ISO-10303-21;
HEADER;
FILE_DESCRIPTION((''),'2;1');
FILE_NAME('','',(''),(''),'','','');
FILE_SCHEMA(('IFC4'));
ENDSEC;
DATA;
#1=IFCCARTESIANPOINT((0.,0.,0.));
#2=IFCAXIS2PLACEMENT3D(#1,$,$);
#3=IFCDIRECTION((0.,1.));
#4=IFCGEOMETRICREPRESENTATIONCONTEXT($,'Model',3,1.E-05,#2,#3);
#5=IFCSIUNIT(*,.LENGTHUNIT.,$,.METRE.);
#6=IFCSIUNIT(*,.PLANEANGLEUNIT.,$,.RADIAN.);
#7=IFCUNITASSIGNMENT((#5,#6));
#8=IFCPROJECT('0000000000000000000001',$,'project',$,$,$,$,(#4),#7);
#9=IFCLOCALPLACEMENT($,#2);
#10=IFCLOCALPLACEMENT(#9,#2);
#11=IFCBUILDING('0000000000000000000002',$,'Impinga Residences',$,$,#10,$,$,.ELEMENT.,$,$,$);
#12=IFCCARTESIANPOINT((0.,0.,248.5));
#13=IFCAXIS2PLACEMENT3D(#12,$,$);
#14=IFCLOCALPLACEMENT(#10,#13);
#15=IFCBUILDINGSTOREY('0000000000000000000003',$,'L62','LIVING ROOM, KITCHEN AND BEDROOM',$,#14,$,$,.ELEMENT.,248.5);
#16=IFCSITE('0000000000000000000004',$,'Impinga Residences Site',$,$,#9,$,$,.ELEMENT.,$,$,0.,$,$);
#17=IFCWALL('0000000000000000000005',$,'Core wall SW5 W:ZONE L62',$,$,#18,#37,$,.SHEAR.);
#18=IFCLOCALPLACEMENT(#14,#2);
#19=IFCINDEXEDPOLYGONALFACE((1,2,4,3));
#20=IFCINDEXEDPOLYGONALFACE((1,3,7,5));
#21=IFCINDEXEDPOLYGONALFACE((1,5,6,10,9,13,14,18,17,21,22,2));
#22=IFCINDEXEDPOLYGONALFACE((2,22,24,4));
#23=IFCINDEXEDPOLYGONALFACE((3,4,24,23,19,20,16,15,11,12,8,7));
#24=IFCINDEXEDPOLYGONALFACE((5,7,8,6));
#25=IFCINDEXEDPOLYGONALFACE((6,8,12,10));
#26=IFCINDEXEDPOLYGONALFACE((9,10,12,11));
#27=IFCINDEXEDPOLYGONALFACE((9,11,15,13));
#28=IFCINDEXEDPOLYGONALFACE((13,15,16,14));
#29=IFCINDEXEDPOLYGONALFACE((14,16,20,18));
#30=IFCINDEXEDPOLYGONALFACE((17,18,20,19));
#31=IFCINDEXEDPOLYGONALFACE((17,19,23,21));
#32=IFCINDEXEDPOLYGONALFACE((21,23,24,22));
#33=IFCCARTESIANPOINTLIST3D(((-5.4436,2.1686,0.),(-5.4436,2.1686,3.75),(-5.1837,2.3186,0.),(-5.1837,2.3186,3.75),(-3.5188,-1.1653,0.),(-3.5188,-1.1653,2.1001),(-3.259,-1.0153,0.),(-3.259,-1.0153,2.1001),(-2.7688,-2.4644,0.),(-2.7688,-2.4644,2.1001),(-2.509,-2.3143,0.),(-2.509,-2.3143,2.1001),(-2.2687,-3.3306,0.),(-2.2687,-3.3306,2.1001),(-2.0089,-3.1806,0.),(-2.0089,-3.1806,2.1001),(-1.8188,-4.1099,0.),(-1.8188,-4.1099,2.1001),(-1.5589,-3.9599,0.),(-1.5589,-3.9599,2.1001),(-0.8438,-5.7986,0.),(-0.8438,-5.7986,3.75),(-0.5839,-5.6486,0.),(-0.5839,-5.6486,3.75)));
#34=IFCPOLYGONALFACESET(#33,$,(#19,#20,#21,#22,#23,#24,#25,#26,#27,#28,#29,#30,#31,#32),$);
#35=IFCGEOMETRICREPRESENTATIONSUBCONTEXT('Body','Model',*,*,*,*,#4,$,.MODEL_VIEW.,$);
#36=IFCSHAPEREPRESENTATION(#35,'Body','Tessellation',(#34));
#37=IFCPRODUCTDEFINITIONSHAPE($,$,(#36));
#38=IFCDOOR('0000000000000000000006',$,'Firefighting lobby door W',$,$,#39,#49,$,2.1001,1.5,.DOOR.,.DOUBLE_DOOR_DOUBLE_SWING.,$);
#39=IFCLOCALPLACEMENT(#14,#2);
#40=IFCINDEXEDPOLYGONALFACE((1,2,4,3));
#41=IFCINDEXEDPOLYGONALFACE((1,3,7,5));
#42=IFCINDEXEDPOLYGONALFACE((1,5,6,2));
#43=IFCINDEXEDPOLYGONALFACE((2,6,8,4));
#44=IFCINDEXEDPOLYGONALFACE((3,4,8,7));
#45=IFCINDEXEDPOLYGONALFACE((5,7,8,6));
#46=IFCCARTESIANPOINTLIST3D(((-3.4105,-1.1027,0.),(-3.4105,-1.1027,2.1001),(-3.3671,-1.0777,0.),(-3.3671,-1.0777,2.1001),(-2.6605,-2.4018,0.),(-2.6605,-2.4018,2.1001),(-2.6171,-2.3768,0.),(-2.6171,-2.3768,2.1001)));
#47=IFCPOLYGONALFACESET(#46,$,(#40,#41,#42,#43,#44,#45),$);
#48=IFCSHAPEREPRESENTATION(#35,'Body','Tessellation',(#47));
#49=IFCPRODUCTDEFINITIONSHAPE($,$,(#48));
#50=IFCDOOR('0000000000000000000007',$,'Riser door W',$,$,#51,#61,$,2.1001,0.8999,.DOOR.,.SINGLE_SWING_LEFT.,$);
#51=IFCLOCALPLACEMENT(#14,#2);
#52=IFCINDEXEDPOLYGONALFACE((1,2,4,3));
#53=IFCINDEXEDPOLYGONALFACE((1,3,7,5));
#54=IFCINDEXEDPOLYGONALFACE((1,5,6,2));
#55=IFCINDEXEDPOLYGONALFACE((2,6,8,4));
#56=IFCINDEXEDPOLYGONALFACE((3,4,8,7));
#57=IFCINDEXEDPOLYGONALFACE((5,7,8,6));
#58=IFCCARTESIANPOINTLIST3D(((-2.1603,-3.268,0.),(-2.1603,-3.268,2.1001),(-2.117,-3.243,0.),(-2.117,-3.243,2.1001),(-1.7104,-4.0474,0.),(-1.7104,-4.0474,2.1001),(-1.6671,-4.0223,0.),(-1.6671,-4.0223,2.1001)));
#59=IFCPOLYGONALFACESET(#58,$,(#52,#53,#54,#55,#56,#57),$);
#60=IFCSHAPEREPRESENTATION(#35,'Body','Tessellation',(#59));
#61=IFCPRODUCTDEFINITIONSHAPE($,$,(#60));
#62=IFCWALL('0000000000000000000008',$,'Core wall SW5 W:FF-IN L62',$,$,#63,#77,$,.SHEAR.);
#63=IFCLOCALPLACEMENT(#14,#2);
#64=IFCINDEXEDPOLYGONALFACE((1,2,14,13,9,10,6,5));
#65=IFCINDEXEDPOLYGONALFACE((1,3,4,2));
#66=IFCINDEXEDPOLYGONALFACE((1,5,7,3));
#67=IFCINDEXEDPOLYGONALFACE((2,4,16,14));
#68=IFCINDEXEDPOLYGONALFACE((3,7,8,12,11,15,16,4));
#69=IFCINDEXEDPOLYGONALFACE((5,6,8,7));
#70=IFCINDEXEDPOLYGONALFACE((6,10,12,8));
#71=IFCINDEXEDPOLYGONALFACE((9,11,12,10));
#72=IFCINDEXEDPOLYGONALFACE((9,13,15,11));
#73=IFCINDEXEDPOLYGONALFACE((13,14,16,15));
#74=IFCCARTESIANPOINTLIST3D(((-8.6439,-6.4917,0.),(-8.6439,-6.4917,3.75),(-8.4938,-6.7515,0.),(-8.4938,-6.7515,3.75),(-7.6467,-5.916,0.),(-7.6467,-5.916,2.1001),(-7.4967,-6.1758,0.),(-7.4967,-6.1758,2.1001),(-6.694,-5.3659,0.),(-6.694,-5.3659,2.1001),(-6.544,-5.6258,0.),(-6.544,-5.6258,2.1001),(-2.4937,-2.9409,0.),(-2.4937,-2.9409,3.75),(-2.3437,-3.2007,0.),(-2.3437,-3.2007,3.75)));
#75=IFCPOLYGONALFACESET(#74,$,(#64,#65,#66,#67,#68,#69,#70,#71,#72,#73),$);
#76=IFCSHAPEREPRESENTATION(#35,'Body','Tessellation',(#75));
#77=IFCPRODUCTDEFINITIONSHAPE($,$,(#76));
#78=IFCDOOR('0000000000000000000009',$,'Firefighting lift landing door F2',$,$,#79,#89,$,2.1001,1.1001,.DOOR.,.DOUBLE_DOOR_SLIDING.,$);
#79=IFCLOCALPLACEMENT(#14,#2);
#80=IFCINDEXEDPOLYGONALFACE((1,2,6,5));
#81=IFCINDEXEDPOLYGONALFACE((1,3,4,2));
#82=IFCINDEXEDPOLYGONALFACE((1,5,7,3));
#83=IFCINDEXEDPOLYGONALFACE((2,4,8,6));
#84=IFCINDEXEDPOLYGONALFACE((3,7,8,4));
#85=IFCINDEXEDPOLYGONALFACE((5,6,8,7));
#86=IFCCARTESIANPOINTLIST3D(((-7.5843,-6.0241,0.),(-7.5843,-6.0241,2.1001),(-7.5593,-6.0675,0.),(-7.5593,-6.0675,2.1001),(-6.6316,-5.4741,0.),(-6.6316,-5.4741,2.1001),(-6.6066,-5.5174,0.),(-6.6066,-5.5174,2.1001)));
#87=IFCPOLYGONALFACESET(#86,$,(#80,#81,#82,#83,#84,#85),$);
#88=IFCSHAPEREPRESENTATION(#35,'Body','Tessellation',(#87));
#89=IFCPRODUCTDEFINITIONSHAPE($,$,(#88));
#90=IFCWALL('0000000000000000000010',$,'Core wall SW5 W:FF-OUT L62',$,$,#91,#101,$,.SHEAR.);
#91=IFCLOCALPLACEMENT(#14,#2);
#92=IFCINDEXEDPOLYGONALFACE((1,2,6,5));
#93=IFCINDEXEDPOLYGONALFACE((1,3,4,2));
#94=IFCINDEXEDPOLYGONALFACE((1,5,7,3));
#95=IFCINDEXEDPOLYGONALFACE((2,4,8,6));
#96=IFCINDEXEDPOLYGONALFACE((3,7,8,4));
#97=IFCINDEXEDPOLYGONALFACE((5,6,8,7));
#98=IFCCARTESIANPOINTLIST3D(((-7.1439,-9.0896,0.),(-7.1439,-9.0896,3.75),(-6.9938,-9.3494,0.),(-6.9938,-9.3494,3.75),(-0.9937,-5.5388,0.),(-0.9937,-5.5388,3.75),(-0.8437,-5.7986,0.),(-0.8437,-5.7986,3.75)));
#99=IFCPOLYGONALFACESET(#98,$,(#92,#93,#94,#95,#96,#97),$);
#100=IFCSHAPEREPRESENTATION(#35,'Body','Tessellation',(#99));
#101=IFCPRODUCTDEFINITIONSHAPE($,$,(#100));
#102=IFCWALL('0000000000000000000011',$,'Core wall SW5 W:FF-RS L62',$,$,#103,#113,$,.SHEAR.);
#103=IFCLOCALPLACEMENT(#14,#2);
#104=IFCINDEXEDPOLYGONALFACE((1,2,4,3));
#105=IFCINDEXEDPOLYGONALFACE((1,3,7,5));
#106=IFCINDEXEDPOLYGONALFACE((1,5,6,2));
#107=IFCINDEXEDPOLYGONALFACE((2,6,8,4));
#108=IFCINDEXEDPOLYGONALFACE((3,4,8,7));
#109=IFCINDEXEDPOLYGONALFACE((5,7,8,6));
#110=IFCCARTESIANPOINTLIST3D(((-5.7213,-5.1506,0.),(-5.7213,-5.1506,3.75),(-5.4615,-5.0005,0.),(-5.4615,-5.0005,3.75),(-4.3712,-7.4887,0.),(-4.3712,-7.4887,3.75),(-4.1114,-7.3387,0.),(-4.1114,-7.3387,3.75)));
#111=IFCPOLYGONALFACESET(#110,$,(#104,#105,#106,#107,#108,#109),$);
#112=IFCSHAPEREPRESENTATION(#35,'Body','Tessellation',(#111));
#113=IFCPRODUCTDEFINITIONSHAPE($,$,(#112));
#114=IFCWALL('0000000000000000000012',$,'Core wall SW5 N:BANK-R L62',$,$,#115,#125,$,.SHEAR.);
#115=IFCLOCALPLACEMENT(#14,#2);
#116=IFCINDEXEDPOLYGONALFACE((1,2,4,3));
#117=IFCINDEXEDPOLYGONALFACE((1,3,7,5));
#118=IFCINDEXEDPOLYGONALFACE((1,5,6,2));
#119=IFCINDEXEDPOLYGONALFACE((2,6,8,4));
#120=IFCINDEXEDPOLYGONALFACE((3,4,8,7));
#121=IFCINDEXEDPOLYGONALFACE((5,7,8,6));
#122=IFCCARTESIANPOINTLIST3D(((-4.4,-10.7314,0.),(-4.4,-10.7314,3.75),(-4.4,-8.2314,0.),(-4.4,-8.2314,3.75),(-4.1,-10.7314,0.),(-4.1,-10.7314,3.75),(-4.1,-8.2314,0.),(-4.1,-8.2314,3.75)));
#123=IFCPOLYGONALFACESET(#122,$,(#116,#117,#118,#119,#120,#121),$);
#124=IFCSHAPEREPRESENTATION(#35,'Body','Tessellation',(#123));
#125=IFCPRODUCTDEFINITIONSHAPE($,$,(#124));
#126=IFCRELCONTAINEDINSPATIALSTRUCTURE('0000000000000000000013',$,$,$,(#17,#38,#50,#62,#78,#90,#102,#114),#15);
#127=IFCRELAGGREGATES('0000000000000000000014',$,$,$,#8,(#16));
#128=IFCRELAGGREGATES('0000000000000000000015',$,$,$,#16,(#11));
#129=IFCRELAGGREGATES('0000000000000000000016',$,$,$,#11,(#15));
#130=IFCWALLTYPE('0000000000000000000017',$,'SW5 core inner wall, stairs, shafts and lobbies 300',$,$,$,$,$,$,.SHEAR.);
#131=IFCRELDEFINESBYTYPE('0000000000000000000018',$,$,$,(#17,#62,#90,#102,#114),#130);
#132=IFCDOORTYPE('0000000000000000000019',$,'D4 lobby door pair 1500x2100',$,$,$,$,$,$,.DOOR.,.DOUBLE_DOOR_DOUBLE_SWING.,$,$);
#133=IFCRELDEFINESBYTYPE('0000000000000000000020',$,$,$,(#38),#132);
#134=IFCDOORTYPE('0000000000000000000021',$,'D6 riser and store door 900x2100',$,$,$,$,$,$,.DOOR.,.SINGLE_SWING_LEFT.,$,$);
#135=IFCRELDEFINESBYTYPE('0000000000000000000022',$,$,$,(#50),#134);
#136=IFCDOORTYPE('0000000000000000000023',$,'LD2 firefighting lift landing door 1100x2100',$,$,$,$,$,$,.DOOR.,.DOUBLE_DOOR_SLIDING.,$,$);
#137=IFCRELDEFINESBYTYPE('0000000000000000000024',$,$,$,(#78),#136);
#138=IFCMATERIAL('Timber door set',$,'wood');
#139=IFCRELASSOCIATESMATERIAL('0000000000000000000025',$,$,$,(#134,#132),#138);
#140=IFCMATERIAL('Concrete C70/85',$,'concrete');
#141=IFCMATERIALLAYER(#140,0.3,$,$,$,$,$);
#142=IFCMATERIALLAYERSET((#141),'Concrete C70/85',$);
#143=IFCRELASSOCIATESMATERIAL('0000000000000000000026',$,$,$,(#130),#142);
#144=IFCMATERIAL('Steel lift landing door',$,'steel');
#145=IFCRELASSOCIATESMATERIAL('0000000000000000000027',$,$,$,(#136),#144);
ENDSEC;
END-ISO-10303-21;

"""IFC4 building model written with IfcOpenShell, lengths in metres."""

from ifc_helpers import new_model, si_unit, direction, frame, frame_2d, origin, place, context, subcontext, project, spatial, rectangle, extrude, material, layer, layer_set, type_object, element, fill, save


model = new_model("IFC4")

# Units and contexts
model_context = context("Model", 3, precision=1e-05, world=origin(), true_north=direction((0.0, 1.0)))
body_context = subcontext(model_context, "Body", "Model", "MODEL_VIEW")
ifc_project = project(units=[si_unit("LENGTHUNIT", "METRE"), si_unit("PLANEANGLEUNIT", "RADIAN")], contexts=[model_context])

# Site, building, storey
site_placement = place(None, origin())
site = spatial("IfcSite", under=ifc_project, at=site_placement, Name="Impinga Residences Site", CompositionType="ELEMENT", RefElevation=0.0)
building_placement = place(site_placement, origin())
building = spatial("IfcBuilding", under=site, at=building_placement, Name="Impinga Residences", CompositionType="ELEMENT")
storey_placement = place(building_placement, frame((0.0, 0.0, 248.5)))
storey = spatial("IfcBuildingStorey", under=building, at=storey_placement, Name="L62", Description="LIVING ROOM, KITCHEN AND BEDROOM", CompositionType="ELEMENT", Elevation=248.5)

# Shared definitions
ifc_material_1 = material(Name="Timber door set", Category="wood")

# Shared definitions
door_type_1 = type_object("IfcDoorType", Name="D6 riser and store door 900x2100", OperationType="SINGLE_SWING_LEFT", PredefinedType="DOOR", material=ifc_material_1)

# Wall, openings, doors
ifc_material_2 = material(Name="Concrete C70/85", Category="concrete")
ifc_layer_1 = layer(ifc_material_2, 0.3)
ifc_layer_set_1 = layer_set([ifc_layer_1], Name="Concrete C70/85")
wall_type_1 = type_object("IfcWallType", Name="SW5 core inner wall, stairs, shafts and lobbies 300", PredefinedType="SHEAR", material=ifc_layer_set_1)
wall_1_placement = place(storey_placement, frame((-0.7139, -5.7236, 0.0), z_axis=(0.0, 0.0, 1.0), x_axis=(-0.499995, 0.866028, 0.0)))
wall_1 = element("IfcWall", 1, at=wall_1_placement, inside=storey, type_object=wall_type_1, Name="Core wall SW5 W:ZONE L62", PredefinedType="SHEAR", context=body_context, shape_type="SweptSolid", body=[
    extrude(rectangle(XDim=9.1997, YDim=0.3, at=frame_2d((4.5999, 0.0))), origin(), (0.0, 0.0, 1.0), 3.75),
])
opening_1_placement = place(wall_1_placement, frame((3.8501, 0.0, 0.0)))
opening_1 = element("IfcOpeningElement", 2, at=opening_1_placement, cuts=wall_1, PredefinedType="OPENING", context=body_context, shape_type="SweptSolid", body=[
    extrude(rectangle(XDim=1.5, YDim=2.1001, at=frame_2d((0.75, 1.05))), frame((0.0, 0.1599, 0.0), z_axis=(0.0, -1.0, 0.0), x_axis=(1.0, 0.0, 0.0)), (0.0, 0.0, 1.0), 0.3201),
])
opening_2_placement = place(wall_1_placement, frame((1.95, 0.0, 0.0)))
opening_2 = element("IfcOpeningElement", 3, at=opening_2_placement, cuts=wall_1, PredefinedType="OPENING", context=body_context, shape_type="SweptSolid", body=[
    extrude(rectangle(XDim=0.8999, YDim=2.1001, at=frame_2d((0.45, 1.05))), frame((0.0, 0.1599, 0.0), z_axis=(0.0, -1.0, 0.0), x_axis=(1.0, 0.0, 0.0)), (0.0, 0.0, 1.0), 0.3201),
])
door_type_2 = type_object("IfcDoorType", Name="D4 lobby door pair 1500x2100", OperationType="DOUBLE_DOOR_DOUBLE_SWING", PredefinedType="DOOR", material=ifc_material_1)
door_1_placement = place(opening_1_placement, origin())
door_1 = element("IfcDoor", 4, at=door_1_placement, inside=storey, type_object=door_type_2, Name="Firefighting lobby door W", OperationType="DOUBLE_DOOR_DOUBLE_SWING", OverallHeight=2.1001, OverallWidth=1.5, PredefinedType="DOOR", context=body_context, shape_type="SweptSolid", body=[
    extrude(rectangle(XDim=1.5, YDim=2.1001, at=frame_2d((0.75, 1.05))), frame((0.0, 0.0249, 0.0), z_axis=(0.0, -1.0, 0.0), x_axis=(1.0, 0.0, 0.0)), (0.0, 0.0, 1.0), 0.05),
])
fill(opening_1, door_1)
door_2_placement = place(opening_2_placement, origin())
door_2 = element("IfcDoor", 5, at=door_2_placement, inside=storey, type_object=door_type_1, Name="Riser door W", OperationType="SINGLE_SWING_LEFT", OverallHeight=2.1001, OverallWidth=0.8999, PredefinedType="DOOR", context=body_context, shape_type="SweptSolid", body=[
    extrude(rectangle(XDim=0.8999, YDim=2.1001, at=frame_2d((0.45, 1.05))), frame((0.0, 0.0249, 0.0), z_axis=(0.0, -1.0, 0.0), x_axis=(1.0, 0.0, 0.0)), (0.0, 0.0, 1.0), 0.05),
])
fill(opening_2, door_2)

# Wall, opening, door
wall_2_placement = place(storey_placement, frame((-2.4187, -3.0708, 0.0), z_axis=(0.0, 0.0, 1.0), x_axis=(-0.866026, -0.499999, 0.0)))
wall_2 = element("IfcWall", 6, at=wall_2_placement, inside=storey, type_object=wall_type_1, Name="Core wall SW5 W:FF-IN L62", PredefinedType="SHEAR", context=body_context, shape_type="SweptSolid", body=[
    extrude(rectangle(XDim=7.1016, YDim=0.3, at=frame_2d((3.5508, 0.0))), origin(), (0.0, 0.0, 1.0), 3.75),
])
opening_3_placement = place(wall_2_placement, frame((4.8501, 0.0, 0.0)))
opening_3 = element("IfcOpeningElement", 7, at=opening_3_placement, cuts=wall_2, PredefinedType="OPENING", context=body_context, shape_type="SweptSolid", body=[
    extrude(rectangle(XDim=1.1001, YDim=2.1001, at=frame_2d((0.55, 1.05))), frame((0.0, 0.1599, 0.0), z_axis=(0.0, -1.0, 0.0), x_axis=(1.0, 0.0, 0.0)), (0.0, 0.0, 1.0), 0.3201),
])
ifc_material_3 = material(Name="Steel lift landing door", Category="steel")
door_type_3 = type_object("IfcDoorType", Name="LD2 firefighting lift landing door 1100x2100", OperationType="DOUBLE_DOOR_SLIDING", PredefinedType="DOOR", material=ifc_material_3)
door_3_placement = place(opening_3_placement, origin())
door_3 = element("IfcDoor", 8, at=door_3_placement, inside=storey, type_object=door_type_3, Name="Firefighting lift landing door F2", OperationType="DOUBLE_DOOR_SLIDING", OverallHeight=2.1001, OverallWidth=1.1001, PredefinedType="DOOR", context=body_context, shape_type="SweptSolid", body=[
    extrude(rectangle(XDim=1.1001, YDim=2.1001, at=frame_2d((0.55, 1.05))), frame((0.0, 0.0249, 0.0), z_axis=(0.0, -1.0, 0.0), x_axis=(1.0, 0.0, 0.0)), (0.0, 0.0, 1.0), 0.05),
])
fill(opening_3, door_3)

# Walls
wall_3_placement = place(storey_placement, frame((-0.9187, -5.6687, 0.0), z_axis=(0.0, 0.0, 1.0), x_axis=(-0.866026, -0.499999, 0.0)))
element("IfcWall", 9, at=wall_3_placement, inside=storey, type_object=wall_type_1, Name="Core wall SW5 W:FF-OUT L62", PredefinedType="SHEAR", context=body_context, shape_type="SweptSolid", body=[
    extrude(rectangle(XDim=7.1016, YDim=0.3, at=frame_2d((3.5508, 0.0))), origin(), (0.0, 0.0, 1.0), 3.75),
])
wall_4_placement = place(storey_placement, frame((-4.2412, -7.4138, 0.0), z_axis=(0.0, 0.0, 1.0), x_axis=(-0.500049, 0.865997, 0.0)))
element("IfcWall", 10, at=wall_4_placement, inside=storey, type_object=wall_type_1, Name="Core wall SW5 W:FF-RS L62", PredefinedType="SHEAR", context=body_context, shape_type="SweptSolid", body=[
    extrude(rectangle(XDim=2.7, YDim=0.3, at=frame_2d((1.3501, 0.0))), origin(), (0.0, 0.0, 1.0), 3.75),
])
wall_5_placement = place(storey_placement, frame((-4.25, -8.2314, 0.0), z_axis=(0.0, 0.0, 1.0), x_axis=(0.0, -1.0, 0.0)))
element("IfcWall", 11, at=wall_5_placement, inside=storey, type_object=wall_type_1, Name="Core wall SW5 N:BANK-R L62", PredefinedType="SHEAR", context=body_context, shape_type="SweptSolid", body=[
    extrude(rectangle(XDim=2.5, YDim=0.3, at=frame_2d((1.25, 0.0))), origin(), (0.0, 0.0, 1.0), 3.75),
])

save(model, "model.ifc")
